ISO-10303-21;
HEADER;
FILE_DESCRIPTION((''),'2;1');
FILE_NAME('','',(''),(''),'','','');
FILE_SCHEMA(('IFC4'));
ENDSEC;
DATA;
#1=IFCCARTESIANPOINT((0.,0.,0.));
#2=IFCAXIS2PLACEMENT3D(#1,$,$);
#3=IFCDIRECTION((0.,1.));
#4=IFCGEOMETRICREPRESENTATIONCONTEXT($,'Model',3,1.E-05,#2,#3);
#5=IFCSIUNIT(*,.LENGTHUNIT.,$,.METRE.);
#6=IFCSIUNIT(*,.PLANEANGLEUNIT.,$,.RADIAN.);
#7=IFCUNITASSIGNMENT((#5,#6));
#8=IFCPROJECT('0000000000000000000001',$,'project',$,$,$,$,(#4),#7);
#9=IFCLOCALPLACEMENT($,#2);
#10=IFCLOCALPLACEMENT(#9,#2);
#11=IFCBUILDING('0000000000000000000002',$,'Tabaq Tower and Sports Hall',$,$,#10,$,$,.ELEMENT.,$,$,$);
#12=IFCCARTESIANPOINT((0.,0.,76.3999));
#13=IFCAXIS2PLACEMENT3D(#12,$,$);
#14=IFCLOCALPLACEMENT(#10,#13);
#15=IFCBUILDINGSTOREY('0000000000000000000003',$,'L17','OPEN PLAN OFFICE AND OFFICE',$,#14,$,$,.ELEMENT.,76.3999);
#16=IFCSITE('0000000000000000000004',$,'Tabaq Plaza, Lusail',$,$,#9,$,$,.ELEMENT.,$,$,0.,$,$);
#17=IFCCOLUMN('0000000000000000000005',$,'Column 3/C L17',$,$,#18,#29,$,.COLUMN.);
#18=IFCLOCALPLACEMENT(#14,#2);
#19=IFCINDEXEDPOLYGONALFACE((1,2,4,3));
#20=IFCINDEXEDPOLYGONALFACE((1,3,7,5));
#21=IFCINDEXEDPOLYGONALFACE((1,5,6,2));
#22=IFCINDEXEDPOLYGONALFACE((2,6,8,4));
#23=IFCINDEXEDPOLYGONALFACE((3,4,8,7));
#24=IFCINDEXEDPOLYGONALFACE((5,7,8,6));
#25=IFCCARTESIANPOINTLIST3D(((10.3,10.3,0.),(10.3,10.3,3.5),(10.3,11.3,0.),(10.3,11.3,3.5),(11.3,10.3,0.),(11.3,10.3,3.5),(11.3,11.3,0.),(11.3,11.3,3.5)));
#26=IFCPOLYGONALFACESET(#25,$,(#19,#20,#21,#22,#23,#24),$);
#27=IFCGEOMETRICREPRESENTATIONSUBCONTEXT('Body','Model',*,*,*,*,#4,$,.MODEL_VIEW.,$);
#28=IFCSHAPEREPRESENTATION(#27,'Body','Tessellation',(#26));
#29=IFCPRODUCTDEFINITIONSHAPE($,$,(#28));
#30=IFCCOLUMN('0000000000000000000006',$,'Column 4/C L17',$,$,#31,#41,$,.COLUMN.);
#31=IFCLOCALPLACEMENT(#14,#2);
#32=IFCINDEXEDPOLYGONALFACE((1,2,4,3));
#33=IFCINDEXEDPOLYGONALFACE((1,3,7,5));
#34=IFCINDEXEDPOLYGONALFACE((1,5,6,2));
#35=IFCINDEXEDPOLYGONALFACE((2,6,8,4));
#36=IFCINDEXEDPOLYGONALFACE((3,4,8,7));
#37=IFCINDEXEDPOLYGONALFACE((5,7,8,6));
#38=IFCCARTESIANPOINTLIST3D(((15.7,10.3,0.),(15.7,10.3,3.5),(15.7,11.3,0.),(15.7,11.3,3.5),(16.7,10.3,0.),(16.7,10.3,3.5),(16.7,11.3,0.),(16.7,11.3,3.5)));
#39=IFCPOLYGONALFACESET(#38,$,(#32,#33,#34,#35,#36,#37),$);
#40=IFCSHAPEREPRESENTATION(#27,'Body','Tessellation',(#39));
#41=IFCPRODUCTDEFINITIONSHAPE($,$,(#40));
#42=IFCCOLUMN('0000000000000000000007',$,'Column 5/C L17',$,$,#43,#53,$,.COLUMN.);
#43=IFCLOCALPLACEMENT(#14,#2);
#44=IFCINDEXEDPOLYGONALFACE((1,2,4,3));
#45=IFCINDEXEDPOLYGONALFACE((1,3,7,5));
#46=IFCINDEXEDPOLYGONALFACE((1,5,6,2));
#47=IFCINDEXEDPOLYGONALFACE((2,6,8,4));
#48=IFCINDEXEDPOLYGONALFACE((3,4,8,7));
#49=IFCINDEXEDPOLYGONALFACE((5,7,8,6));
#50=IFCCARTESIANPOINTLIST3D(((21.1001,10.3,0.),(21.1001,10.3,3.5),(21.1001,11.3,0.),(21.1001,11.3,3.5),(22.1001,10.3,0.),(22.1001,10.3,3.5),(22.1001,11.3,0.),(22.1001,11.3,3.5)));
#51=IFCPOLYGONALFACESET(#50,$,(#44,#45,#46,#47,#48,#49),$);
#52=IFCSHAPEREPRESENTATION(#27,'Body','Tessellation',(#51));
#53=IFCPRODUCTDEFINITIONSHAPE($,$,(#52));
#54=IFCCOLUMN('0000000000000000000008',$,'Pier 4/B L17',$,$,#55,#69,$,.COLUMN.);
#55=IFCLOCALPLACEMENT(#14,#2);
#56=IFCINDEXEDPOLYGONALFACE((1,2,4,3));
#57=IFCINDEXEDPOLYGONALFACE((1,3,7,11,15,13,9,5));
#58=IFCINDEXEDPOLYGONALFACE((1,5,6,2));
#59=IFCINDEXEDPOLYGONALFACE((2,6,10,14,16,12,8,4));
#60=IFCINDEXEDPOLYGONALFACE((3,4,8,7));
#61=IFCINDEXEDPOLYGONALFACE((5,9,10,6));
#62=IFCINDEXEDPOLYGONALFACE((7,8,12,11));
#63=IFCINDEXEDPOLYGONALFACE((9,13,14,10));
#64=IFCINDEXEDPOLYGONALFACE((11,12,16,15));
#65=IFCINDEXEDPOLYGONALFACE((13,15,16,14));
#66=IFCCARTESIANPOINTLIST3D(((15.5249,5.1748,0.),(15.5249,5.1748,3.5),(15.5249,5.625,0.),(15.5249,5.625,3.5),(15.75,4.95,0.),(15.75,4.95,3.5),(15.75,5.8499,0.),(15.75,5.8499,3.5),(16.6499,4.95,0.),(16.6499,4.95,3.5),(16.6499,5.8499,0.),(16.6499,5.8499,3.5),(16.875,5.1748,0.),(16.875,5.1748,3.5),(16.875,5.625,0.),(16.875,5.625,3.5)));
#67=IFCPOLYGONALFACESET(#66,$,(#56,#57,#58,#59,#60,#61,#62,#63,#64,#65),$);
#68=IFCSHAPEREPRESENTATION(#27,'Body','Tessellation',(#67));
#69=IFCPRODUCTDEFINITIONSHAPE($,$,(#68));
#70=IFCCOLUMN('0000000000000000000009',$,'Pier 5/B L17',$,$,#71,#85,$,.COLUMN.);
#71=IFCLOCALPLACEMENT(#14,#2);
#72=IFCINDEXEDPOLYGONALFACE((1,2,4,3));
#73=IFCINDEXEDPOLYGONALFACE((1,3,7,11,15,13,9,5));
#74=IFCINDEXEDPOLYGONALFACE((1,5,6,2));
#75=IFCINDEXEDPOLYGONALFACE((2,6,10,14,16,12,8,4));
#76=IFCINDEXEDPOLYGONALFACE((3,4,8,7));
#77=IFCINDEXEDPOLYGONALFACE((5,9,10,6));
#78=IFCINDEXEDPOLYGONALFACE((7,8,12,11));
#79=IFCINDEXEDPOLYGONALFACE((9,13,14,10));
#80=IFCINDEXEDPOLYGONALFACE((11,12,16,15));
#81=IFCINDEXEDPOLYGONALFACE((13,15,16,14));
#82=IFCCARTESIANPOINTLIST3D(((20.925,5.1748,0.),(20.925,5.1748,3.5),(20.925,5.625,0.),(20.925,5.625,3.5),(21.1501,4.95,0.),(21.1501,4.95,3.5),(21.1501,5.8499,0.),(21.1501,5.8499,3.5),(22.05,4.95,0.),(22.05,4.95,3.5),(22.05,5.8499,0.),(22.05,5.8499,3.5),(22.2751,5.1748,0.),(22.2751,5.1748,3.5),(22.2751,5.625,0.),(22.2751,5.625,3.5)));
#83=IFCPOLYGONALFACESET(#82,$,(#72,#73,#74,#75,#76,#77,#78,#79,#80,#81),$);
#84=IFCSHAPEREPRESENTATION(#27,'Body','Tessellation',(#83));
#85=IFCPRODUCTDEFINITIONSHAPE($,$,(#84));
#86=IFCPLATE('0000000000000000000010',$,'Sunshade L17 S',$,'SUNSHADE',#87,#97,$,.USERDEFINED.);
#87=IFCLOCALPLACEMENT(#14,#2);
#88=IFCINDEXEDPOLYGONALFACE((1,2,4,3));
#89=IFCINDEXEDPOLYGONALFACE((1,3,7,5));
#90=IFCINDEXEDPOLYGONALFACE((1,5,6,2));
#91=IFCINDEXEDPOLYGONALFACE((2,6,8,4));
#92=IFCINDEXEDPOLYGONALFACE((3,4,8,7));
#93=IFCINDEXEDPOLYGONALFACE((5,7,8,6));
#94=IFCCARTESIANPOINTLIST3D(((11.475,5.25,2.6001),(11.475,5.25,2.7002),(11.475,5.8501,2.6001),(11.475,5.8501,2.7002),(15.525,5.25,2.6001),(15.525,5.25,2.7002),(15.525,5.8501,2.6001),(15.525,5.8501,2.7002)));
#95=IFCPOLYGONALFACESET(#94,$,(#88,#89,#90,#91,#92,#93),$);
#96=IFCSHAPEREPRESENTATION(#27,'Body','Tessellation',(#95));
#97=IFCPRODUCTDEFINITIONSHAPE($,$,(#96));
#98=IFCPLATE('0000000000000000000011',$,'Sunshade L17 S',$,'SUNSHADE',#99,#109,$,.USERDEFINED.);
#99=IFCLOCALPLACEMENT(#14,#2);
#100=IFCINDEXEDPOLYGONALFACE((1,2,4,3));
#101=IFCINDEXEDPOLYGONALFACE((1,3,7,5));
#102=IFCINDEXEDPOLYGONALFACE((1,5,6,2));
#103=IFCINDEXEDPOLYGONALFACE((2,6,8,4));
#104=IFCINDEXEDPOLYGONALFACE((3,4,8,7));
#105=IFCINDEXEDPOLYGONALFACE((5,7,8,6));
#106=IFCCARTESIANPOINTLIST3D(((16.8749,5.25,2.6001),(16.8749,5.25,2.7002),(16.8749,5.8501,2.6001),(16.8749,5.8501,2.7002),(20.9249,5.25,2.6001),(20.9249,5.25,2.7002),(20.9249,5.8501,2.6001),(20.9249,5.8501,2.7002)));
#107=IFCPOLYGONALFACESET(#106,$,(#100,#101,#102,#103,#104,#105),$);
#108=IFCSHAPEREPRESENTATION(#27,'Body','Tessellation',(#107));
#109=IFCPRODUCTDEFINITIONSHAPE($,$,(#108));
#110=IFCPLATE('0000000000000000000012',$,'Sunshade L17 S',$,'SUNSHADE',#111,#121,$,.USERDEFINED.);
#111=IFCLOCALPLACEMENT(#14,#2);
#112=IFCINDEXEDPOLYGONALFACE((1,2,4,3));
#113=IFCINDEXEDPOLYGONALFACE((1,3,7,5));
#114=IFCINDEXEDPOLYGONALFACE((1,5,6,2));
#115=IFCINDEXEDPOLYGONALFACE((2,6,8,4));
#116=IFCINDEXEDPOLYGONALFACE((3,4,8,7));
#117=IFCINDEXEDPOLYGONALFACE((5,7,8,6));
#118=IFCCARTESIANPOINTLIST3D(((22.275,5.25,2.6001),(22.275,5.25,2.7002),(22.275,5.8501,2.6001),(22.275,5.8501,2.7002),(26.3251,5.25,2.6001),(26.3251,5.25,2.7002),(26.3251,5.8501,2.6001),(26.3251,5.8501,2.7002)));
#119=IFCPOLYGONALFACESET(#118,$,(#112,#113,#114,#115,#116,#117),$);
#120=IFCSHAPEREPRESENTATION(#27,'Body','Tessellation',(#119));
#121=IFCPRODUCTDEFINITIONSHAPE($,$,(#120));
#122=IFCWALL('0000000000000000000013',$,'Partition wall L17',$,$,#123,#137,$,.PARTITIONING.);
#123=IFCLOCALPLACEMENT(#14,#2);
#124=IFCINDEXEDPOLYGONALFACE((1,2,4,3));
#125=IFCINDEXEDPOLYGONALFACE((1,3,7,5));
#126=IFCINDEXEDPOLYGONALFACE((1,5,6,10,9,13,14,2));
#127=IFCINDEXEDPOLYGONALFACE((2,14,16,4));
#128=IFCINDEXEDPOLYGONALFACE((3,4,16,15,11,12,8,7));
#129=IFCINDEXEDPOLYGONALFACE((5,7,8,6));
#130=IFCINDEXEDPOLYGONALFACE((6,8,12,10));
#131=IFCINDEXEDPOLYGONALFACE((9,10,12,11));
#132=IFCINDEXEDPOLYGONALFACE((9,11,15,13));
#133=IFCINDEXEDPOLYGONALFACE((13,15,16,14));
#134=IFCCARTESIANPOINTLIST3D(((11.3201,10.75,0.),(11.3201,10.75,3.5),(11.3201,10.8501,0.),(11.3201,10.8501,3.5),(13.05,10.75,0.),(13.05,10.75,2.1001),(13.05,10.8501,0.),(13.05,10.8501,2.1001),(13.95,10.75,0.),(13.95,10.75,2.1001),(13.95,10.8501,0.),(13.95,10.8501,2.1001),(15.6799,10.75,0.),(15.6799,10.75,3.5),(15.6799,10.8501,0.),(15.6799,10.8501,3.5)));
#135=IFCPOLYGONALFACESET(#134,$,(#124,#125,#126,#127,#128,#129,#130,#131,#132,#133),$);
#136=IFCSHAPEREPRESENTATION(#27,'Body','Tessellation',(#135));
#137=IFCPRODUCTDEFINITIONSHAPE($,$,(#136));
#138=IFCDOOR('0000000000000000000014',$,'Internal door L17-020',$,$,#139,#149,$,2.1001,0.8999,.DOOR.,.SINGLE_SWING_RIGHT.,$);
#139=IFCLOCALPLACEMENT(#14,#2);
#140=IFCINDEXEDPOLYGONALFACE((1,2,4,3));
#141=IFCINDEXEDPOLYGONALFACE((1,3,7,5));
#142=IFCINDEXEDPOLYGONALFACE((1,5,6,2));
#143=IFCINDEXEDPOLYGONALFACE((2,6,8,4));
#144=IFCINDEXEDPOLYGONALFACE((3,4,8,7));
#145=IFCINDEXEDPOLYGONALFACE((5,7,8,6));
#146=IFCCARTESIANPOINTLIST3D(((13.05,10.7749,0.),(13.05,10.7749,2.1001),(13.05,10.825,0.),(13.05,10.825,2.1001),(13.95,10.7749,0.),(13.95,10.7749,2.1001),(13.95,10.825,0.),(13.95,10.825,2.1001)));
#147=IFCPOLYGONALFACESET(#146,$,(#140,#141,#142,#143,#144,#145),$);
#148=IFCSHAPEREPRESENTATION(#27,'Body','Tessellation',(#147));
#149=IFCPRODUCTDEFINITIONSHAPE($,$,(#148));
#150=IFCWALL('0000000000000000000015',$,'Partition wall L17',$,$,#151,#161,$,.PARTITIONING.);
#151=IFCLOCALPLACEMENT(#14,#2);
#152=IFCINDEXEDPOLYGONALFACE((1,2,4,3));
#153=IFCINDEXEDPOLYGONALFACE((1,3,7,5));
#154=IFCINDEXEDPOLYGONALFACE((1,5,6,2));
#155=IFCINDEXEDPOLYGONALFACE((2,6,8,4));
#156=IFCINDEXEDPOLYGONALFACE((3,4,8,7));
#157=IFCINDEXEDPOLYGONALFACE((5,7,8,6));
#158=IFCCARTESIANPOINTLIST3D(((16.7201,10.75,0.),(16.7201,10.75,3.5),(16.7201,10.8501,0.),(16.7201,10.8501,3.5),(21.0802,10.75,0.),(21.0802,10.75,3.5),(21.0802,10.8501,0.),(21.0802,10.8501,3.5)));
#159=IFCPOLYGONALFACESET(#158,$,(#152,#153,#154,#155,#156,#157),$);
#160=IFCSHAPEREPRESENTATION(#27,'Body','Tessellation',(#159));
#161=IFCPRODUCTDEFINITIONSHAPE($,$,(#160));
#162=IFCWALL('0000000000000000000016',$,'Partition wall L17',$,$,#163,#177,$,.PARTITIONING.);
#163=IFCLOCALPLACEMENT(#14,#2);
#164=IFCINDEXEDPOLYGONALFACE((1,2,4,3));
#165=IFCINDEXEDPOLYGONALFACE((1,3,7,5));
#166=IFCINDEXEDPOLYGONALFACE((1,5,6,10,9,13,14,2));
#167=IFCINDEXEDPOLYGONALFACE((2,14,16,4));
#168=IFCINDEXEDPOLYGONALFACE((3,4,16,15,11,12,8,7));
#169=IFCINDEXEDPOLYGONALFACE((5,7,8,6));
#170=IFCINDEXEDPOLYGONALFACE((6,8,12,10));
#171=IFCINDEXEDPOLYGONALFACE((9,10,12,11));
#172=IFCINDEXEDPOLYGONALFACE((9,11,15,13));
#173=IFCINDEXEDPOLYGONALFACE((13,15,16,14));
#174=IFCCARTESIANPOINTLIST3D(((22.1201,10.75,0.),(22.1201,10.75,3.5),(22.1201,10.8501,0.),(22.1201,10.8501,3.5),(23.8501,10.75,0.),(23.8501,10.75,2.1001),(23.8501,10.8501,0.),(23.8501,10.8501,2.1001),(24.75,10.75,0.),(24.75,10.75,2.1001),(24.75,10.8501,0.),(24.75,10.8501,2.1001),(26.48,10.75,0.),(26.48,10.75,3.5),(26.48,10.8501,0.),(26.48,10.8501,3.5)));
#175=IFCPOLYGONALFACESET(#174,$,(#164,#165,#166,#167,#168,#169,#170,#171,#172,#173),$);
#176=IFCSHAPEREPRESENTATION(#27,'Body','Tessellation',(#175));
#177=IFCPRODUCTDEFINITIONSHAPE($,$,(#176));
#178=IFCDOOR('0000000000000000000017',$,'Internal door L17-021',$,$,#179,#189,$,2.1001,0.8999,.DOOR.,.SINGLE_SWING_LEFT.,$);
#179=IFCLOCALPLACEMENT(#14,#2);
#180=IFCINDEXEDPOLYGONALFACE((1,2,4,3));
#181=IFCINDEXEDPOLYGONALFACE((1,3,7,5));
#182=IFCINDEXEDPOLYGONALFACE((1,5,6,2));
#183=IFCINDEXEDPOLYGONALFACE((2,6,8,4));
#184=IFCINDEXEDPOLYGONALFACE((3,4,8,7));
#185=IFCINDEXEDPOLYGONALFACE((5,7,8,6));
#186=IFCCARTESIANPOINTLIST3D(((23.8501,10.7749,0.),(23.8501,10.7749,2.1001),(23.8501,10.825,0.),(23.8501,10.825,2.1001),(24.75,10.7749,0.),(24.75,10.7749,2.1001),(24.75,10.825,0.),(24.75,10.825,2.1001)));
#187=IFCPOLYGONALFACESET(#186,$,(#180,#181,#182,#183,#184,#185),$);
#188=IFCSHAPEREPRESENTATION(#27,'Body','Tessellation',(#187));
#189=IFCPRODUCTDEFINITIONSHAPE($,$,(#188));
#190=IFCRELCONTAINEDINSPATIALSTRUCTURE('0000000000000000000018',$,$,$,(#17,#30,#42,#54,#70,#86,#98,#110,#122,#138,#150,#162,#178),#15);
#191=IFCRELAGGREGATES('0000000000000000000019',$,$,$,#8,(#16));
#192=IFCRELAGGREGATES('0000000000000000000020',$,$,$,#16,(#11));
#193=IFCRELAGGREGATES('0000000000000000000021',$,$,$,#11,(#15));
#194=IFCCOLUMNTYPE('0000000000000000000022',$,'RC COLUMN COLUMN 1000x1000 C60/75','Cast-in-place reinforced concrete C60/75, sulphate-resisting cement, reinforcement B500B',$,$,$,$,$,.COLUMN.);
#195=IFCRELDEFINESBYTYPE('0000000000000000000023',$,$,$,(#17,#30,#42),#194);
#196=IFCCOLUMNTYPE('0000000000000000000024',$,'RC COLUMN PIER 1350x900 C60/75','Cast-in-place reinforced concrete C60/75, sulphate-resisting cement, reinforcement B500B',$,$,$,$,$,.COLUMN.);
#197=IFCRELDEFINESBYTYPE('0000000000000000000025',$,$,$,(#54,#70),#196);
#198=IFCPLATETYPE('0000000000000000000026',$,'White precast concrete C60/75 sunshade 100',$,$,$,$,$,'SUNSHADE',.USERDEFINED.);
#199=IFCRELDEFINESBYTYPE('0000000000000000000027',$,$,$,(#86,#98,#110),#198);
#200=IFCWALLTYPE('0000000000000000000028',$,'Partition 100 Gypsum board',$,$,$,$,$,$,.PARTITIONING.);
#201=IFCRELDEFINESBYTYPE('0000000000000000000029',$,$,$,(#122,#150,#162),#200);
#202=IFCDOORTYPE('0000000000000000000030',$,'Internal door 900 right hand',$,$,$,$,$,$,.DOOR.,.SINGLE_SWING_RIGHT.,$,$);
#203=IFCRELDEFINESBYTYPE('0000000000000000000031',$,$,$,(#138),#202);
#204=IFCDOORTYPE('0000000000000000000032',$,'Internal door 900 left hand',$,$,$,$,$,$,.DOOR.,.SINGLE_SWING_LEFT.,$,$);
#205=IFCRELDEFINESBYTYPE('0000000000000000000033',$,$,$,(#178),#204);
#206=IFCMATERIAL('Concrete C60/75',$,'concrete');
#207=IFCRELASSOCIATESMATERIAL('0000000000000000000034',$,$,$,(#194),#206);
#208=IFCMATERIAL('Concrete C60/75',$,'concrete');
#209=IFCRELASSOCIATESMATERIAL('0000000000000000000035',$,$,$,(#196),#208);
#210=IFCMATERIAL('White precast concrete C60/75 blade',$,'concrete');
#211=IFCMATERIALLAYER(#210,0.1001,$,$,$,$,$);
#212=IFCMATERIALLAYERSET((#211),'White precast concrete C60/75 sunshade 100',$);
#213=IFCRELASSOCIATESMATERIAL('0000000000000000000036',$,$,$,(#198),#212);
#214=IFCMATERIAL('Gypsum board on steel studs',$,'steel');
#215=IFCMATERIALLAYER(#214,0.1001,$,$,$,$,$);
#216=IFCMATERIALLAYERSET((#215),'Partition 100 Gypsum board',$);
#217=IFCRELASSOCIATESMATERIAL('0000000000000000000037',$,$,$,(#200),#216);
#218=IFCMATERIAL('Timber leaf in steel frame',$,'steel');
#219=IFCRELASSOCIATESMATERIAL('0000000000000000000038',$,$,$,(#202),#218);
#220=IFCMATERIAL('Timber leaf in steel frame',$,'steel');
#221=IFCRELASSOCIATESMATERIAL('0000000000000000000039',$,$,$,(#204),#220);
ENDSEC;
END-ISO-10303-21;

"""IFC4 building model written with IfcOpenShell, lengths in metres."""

from ifc_helpers import new_model, si_unit, direction, frame, frame_2d, origin, origin_2d, place, context, subcontext, project, spatial, polyline, rectangle, outline, extrude, material, layer, layer_set, material_profile, profile_set, type_object, element, fill, save


model = new_model("IFC4")

# Units and contexts
model_context = context("Model", 3, precision=1e-05, world=origin(), true_north=direction((0.0, 1.0)))
body_context = subcontext(model_context, "Body", "Model", "MODEL_VIEW")
ifc_project = project(units=[si_unit("LENGTHUNIT", "METRE"), si_unit("PLANEANGLEUNIT", "RADIAN")], contexts=[model_context])

# Site, building, storey
site_placement = place(None, origin())
site = spatial("IfcSite", under=ifc_project, at=site_placement, Name="Tabaq Plaza, Lusail", CompositionType="ELEMENT", RefElevation=0.0)
building_placement = place(site_placement, origin())
building = spatial("IfcBuilding", under=site, at=building_placement, Name="Tabaq Tower and Sports Hall", CompositionType="ELEMENT")
storey_placement = place(building_placement, frame((0.0, 0.0, 76.3999)))
storey = spatial("IfcBuildingStorey", under=building, at=storey_placement, Name="L17", Description="OPEN PLAN OFFICE AND OFFICE", CompositionType="ELEMENT", Elevation=76.3999)

# Columns
ifc_material_1 = material(Name="Concrete C60/75", Category="concrete")
ifc_material_profile_1 = material_profile(ifc_material_1, rectangle(XDim=1.0, YDim=1.0, at=origin_2d()), Name="COLUMN 1000x1000")
ifc_profile_set_1 = profile_set([ifc_material_profile_1], Name="Concrete C60/75")
column_type_1 = type_object("IfcColumnType", Name="RC COLUMN COLUMN 1000x1000 C60/75", Description="Cast-in-place reinforced concrete C60/75, sulphate-resisting cement, reinforcement B500B", PredefinedType="COLUMN", material=ifc_profile_set_1)
for number, where, z_axis, x_axis, name in (
    (1, (10.8, 10.8, 0.0), (0.0, 0.0, 1.0), (1.0, 0.0, 0.0), "Column 3/C L17"),
    (2, (16.2, 10.8, 0.0), (0.0, 0.0, 1.0), (1.0, 0.0, 0.0), "Column 4/C L17"),
    (3, (21.6001, 10.8, 0.0), (0.0, 0.0, 1.0), (1.0, 0.0, 0.0), "Column 5/C L17"),
):
    element("IfcColumn", number, at=place(storey_placement, frame(where, z_axis=z_axis, x_axis=x_axis)), inside=storey, type_object=column_type_1, Name=name, PredefinedType="COLUMN", context=body_context, shape_type="SweptSolid", body=[
        extrude(rectangle(XDim=1.0, YDim=1.0, at=origin_2d()), origin(), (0.0, 0.0, 1.0), 3.5),
    ])
ifc_material_2 = material(Name="Concrete C60/75", Category="concrete")
ifc_material_profile_2 = material_profile(ifc_material_2, outline(polyline([(-0.45, -0.45), (0.45, -0.45), (0.675, -0.2251), (0.675, 0.2251), (0.45, 0.45), (-0.45, 0.45), (-0.675, 0.2251), (-0.675, -0.2251), (-0.45, -0.45)])), Name="PIER 1350x900")
ifc_profile_set_2 = profile_set([ifc_material_profile_2], Name="Concrete C60/75")
column_type_2 = type_object("IfcColumnType", Name="RC COLUMN PIER 1350x900 C60/75", Description="Cast-in-place reinforced concrete C60/75, sulphate-resisting cement, reinforcement B500B", PredefinedType="COLUMN", material=ifc_profile_set_2)
for number, where, z_axis, x_axis, name in (
    (4, (16.2, 5.3999, 0.0), (0.0, 0.0, 1.0), (1.0, 0.0, 0.0), "Pier 4/B L17"),
    (5, (21.6001, 5.3999, 0.0), (0.0, 0.0, 1.0), (1.0, 0.0, 0.0), "Pier 5/B L17"),
):
    element("IfcColumn", number, at=place(storey_placement, frame(where, z_axis=z_axis, x_axis=x_axis)), inside=storey, type_object=column_type_2, Name=name, PredefinedType="COLUMN", context=body_context, shape_type="SweptSolid", body=[
        extrude(outline(polyline([(-0.45, -0.45), (0.45, -0.45), (0.675, -0.2251), (0.675, 0.2251), (0.45, 0.45), (-0.45, 0.45), (-0.675, 0.2251), (-0.675, -0.2251), (-0.45, -0.45)])), origin(), (0.0, 0.0, 1.0), 3.5),
    ])

# Plates
ifc_material_3 = material(Name="White precast concrete C60/75 blade", Category="concrete")
ifc_layer_1 = layer(ifc_material_3, 0.1001)
ifc_layer_set_1 = layer_set([ifc_layer_1], Name="White precast concrete C60/75 sunshade 100")
plate_type = type_object("IfcPlateType", Name="White precast concrete C60/75 sunshade 100", ElementType="SUNSHADE", PredefinedType="USERDEFINED", material=ifc_layer_set_1)
for number, where, z_axis, x_axis, name in (
    (6, (13.5, 5.55, 2.6001), (0.0, 0.0, 1.0), (1.0, 0.0, 0.0), "Sunshade L17 S"),
    (7, (18.8999, 5.55, 2.6001), (0.0, 0.0, 1.0), (1.0, 0.0, 0.0), "Sunshade L17 S"),
    (8, (24.3, 5.55, 2.6001), (0.0, 0.0, 1.0), (1.0, 0.0, 0.0), "Sunshade L17 S"),
):
    element("IfcPlate", number, at=place(storey_placement, frame(where, z_axis=z_axis, x_axis=x_axis)), inside=storey, type_object=plate_type, Name=name, ObjectType="SUNSHADE", PredefinedType="USERDEFINED", context=body_context, shape_type="SweptSolid", body=[
        extrude(rectangle(XDim=4.05, YDim=0.6001, at=origin_2d()), origin(), (0.0, 0.0, 1.0), 0.1001),
    ])

# Wall, opening, door
ifc_material_4 = material(Name="Gypsum board on steel studs", Category="steel")
ifc_layer_2 = layer(ifc_material_4, 0.1001)
ifc_layer_set_2 = layer_set([ifc_layer_2], Name="Partition 100 Gypsum board")
wall_type_1 = type_object("IfcWallType", Name="Partition 100 Gypsum board", PredefinedType="PARTITIONING", material=ifc_layer_set_2)
wall_1_placement = place(storey_placement, frame((11.3201, 10.8, 0.0), z_axis=(0.0, 0.0, 1.0), x_axis=(1.0, 0.0, 0.0)))
wall_1 = element("IfcWall", 9, at=wall_1_placement, inside=storey, type_object=wall_type_1, Name="Partition wall L17", PredefinedType="PARTITIONING", context=body_context, shape_type="SweptSolid", body=[
    extrude(rectangle(XDim=4.3599, YDim=0.1001, at=frame_2d((2.1799, 0.0))), origin(), (0.0, 0.0, 1.0), 3.5),
])
opening_1_placement = place(wall_1_placement, frame((1.73, 0.0, 0.0)))
opening_1 = element("IfcOpeningElement", 10, at=opening_1_placement, cuts=wall_1, PredefinedType="OPENING", context=body_context, shape_type="SweptSolid", body=[
    extrude(rectangle(XDim=0.8999, YDim=2.1001, at=frame_2d((0.45, 1.05))), frame((0.0, 0.05, 0.0), z_axis=(0.0, -1.0, 0.0), x_axis=(1.0, 0.0, 0.0)), (0.0, 0.0, 1.0), 0.1001),
])
ifc_material_5 = material(Name="Timber leaf in steel frame", Category="steel")
door_type_1 = type_object("IfcDoorType", Name="Internal door 900 right hand", OperationType="SINGLE_SWING_RIGHT", PredefinedType="DOOR", material=ifc_material_5)
door_1_placement = place(opening_1_placement, origin())
door_1 = element("IfcDoor", 11, at=door_1_placement, inside=storey, type_object=door_type_1, Name="Internal door L17-020", OperationType="SINGLE_SWING_RIGHT", OverallHeight=2.1001, OverallWidth=0.8999, PredefinedType="DOOR", context=body_context, shape_type="SweptSolid", body=[
    extrude(rectangle(XDim=0.8999, YDim=2.1001, at=frame_2d((0.45, 1.05))), frame((0.0, 0.0249, 0.0), z_axis=(0.0, -1.0, 0.0), x_axis=(1.0, 0.0, 0.0)), (0.0, 0.0, 1.0), 0.05),
])
fill(opening_1, door_1)

# Wall
wall_2_placement = place(storey_placement, frame((16.72, 10.8, 0.0), z_axis=(0.0, 0.0, 1.0), x_axis=(1.0, 0.0, 0.0)))
element("IfcWall", 12, at=wall_2_placement, inside=storey, type_object=wall_type_1, Name="Partition wall L17", PredefinedType="PARTITIONING", context=body_context, shape_type="SweptSolid", body=[
    extrude(rectangle(XDim=4.3601, YDim=0.1001, at=frame_2d((2.1802, 0.0))), origin(), (0.0, 0.0, 1.0), 3.5),
])

# Wall, opening, door
wall_3_placement = place(storey_placement, frame((22.1201, 10.8, 0.0), z_axis=(0.0, 0.0, 1.0), x_axis=(1.0, 0.0, 0.0)))
wall_3 = element("IfcWall", 13, at=wall_3_placement, inside=storey, type_object=wall_type_1, Name="Partition wall L17", PredefinedType="PARTITIONING", context=body_context, shape_type="SweptSolid", body=[
    extrude(rectangle(XDim=4.3599, YDim=0.1001, at=frame_2d((2.1799, 0.0))), origin(), (0.0, 0.0, 1.0), 3.5),
])
opening_2_placement = place(wall_3_placement, frame((1.73, 0.0, 0.0)))
opening_2 = element("IfcOpeningElement", 14, at=opening_2_placement, cuts=wall_3, PredefinedType="OPENING", context=body_context, shape_type="SweptSolid", body=[
    extrude(rectangle(XDim=0.8999, YDim=2.1001, at=frame_2d((0.45, 1.05))), frame((0.0, 0.05, 0.0), z_axis=(0.0, -1.0, 0.0), x_axis=(1.0, 0.0, 0.0)), (0.0, 0.0, 1.0), 0.1001),
])
ifc_material_6 = material(Name="Timber leaf in steel frame", Category="steel")
door_type_2 = type_object("IfcDoorType", Name="Internal door 900 left hand", OperationType="SINGLE_SWING_LEFT", PredefinedType="DOOR", material=ifc_material_6)
door_2_placement = place(opening_2_placement, origin())
door_2 = element("IfcDoor", 15, at=door_2_placement, inside=storey, type_object=door_type_2, Name="Internal door L17-021", OperationType="SINGLE_SWING_LEFT", OverallHeight=2.1001, OverallWidth=0.8999, PredefinedType="DOOR", context=body_context, shape_type="SweptSolid", body=[
    extrude(rectangle(XDim=0.8999, YDim=2.1001, at=frame_2d((0.45, 1.05))), frame((0.0, 0.0249, 0.0), z_axis=(0.0, -1.0, 0.0), x_axis=(1.0, 0.0, 0.0)), (0.0, 0.0, 1.0), 0.05),
])
fill(opening_2, door_2)

save(model, "model.ifc")
